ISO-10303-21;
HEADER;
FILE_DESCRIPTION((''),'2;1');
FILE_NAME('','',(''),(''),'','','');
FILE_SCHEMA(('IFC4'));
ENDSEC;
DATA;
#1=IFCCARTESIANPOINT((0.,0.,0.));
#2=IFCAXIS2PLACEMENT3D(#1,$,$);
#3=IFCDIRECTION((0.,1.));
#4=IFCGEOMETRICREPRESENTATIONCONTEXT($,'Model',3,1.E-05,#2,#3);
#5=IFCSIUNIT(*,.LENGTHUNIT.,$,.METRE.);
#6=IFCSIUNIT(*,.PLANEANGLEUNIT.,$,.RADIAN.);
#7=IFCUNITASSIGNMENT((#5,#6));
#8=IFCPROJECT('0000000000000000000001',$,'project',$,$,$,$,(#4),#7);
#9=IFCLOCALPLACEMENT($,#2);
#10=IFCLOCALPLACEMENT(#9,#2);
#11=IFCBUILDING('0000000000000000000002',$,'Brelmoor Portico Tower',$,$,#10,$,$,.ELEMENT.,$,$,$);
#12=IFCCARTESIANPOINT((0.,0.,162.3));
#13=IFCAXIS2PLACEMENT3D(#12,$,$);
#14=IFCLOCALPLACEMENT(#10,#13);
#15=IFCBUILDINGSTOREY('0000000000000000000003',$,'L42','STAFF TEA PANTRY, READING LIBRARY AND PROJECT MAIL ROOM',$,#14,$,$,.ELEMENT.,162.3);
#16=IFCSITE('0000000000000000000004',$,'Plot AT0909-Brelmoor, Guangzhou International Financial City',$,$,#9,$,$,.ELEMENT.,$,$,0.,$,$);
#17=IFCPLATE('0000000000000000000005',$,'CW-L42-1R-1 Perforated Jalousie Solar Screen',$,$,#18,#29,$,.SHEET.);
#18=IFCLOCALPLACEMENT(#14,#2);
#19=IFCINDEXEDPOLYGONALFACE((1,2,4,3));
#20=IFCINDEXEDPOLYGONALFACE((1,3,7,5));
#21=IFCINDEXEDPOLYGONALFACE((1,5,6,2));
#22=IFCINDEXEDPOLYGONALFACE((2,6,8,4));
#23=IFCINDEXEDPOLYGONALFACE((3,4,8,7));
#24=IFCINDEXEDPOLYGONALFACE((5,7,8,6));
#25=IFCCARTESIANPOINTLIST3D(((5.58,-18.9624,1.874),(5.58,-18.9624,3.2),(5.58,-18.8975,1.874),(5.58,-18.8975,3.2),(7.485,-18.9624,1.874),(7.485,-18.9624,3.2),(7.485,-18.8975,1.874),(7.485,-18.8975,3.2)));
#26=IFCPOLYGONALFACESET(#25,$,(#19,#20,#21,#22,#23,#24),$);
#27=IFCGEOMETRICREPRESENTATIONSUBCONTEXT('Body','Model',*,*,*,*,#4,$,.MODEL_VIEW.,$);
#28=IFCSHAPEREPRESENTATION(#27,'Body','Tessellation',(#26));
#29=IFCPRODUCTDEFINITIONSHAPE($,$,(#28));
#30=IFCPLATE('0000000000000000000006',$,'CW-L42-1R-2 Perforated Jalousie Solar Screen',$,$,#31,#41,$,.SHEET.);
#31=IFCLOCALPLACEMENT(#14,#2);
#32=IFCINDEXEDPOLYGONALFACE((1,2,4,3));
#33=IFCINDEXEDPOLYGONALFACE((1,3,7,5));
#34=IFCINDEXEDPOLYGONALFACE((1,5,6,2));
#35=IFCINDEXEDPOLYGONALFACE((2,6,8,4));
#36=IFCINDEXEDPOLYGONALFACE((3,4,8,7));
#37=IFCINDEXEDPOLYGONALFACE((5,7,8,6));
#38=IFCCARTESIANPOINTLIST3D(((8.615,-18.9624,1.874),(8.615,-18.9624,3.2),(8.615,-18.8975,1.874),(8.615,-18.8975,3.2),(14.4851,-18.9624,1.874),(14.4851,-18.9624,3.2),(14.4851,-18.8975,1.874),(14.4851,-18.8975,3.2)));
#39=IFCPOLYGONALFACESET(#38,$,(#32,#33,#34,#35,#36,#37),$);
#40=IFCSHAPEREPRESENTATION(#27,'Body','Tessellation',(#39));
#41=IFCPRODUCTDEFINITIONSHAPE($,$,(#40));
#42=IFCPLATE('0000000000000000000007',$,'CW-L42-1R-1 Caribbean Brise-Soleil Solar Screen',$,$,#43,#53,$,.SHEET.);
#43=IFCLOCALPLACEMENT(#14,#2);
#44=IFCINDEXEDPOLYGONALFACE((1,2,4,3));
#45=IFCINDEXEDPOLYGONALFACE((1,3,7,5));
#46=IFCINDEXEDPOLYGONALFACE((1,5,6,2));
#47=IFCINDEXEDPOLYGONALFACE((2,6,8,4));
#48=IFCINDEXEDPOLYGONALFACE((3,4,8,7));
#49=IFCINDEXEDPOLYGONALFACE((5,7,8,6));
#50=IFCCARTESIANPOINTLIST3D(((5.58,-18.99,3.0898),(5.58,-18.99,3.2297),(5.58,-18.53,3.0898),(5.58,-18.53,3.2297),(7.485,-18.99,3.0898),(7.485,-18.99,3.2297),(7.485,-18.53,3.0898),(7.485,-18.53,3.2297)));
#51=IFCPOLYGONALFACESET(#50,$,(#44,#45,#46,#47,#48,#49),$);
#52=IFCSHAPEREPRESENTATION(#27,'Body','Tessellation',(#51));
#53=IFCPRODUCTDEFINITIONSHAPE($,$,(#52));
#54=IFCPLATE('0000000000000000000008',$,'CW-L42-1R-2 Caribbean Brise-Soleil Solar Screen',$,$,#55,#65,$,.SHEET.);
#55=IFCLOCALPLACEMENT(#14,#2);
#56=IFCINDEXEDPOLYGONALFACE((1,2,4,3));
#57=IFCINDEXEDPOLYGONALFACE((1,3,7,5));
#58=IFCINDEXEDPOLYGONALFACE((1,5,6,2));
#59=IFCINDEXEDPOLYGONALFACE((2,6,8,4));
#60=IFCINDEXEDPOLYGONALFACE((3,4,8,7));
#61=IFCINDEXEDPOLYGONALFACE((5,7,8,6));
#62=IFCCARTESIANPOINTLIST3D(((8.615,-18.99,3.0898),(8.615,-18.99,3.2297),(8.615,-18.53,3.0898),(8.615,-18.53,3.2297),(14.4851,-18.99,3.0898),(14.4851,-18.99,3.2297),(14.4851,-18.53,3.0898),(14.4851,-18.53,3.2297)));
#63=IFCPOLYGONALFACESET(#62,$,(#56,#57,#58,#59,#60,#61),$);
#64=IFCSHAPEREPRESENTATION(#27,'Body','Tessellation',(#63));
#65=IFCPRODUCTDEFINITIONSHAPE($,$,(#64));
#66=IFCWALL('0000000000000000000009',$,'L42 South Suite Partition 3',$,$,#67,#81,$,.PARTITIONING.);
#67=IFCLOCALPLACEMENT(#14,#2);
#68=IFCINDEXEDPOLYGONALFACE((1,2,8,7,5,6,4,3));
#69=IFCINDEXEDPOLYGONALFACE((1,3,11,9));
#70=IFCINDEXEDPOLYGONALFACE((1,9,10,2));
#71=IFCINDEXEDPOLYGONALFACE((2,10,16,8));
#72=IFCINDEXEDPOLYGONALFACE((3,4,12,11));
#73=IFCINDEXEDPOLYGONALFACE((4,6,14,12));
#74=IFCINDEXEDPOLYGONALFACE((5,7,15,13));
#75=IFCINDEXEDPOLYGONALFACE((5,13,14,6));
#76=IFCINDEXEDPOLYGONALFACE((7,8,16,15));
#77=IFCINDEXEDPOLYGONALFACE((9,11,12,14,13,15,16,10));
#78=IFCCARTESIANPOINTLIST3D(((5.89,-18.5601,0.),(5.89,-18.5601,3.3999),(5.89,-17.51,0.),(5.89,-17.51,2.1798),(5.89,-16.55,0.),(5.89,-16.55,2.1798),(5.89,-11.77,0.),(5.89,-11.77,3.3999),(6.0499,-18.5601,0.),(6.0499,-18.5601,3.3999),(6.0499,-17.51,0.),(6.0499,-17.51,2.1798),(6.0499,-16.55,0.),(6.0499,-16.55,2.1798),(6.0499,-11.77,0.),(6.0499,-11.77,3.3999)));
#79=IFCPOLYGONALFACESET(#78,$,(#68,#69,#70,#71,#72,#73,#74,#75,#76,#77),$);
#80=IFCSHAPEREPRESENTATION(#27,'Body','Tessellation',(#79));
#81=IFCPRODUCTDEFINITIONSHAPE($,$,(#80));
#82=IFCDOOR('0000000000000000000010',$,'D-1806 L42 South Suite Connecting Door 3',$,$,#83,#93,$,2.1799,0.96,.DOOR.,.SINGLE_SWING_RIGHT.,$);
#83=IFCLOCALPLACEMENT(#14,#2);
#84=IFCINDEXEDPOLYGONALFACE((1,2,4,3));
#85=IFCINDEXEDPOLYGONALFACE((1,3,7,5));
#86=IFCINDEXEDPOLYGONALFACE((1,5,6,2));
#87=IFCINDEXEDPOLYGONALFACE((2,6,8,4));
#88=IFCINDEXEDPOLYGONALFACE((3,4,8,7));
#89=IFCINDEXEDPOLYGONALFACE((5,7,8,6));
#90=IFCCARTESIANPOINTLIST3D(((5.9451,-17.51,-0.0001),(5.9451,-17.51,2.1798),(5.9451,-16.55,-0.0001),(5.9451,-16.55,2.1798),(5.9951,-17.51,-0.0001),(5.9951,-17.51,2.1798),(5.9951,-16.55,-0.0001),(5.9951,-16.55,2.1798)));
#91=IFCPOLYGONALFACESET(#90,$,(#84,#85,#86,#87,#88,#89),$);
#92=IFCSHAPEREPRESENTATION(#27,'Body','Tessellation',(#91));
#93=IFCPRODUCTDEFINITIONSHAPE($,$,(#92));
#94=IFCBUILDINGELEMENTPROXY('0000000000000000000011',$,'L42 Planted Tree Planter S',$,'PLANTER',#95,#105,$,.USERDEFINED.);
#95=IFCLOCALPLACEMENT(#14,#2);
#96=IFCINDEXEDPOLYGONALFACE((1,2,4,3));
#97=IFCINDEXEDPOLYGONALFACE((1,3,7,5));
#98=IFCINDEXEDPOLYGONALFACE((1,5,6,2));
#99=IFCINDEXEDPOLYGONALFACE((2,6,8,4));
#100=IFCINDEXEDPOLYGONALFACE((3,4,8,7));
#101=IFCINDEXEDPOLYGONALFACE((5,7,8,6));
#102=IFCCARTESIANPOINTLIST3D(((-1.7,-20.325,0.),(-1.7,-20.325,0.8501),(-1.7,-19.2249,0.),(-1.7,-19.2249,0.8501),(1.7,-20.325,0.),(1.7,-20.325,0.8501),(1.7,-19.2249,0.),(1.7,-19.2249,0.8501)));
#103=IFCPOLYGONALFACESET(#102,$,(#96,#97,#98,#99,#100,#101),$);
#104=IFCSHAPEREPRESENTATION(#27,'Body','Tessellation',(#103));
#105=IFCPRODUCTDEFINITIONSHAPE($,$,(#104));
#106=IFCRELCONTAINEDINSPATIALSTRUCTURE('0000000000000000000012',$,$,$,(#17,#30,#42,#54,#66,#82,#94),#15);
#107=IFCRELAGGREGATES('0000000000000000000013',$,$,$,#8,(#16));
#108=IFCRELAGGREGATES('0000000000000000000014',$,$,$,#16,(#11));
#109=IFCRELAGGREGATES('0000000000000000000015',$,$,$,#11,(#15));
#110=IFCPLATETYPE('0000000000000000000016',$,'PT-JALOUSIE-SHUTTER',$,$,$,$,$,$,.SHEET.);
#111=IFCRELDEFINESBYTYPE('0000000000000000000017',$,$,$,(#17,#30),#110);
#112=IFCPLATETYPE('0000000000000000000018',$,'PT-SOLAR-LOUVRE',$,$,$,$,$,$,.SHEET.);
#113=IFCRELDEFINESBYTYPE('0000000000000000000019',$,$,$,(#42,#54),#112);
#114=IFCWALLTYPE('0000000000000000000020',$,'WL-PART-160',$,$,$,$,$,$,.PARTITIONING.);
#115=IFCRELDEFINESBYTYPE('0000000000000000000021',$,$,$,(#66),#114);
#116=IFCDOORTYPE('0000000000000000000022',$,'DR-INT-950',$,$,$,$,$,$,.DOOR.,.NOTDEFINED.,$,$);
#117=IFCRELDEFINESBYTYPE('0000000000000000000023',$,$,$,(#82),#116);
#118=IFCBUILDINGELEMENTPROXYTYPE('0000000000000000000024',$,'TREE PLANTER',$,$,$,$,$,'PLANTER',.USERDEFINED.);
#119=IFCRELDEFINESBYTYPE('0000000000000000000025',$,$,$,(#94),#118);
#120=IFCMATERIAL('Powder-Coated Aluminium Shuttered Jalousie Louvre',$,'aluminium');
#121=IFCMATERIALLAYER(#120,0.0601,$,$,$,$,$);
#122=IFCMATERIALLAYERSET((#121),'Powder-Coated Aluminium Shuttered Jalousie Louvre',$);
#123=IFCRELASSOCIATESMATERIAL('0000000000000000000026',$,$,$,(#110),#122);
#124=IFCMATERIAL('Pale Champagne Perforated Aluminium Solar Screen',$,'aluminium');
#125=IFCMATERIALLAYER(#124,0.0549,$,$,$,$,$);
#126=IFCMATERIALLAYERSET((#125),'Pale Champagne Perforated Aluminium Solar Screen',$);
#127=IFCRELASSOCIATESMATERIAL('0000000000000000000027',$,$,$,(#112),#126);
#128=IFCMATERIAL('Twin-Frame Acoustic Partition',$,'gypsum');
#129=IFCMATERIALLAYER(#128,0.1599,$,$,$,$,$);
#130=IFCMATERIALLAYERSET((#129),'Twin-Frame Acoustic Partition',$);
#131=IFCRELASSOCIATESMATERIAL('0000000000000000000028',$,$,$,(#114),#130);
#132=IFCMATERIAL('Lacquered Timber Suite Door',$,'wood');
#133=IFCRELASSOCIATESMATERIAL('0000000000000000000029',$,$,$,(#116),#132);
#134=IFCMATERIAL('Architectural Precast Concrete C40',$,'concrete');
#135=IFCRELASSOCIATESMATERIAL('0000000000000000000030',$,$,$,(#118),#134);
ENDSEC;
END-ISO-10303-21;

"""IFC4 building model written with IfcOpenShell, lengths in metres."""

from ifc_helpers import new_model, si_unit, direction, frame, frame_2d, origin, origin_2d, place, context, subcontext, project, spatial, rectangle, extrude, material, layer, layer_set, type_object, element, fill, save


model = new_model("IFC4")

# Units and contexts
model_context = context("Model", 3, precision=1e-05, world=origin(), true_north=direction((0.0, 1.0)))
body_context = subcontext(model_context, "Body", "Model", "MODEL_VIEW")
ifc_project = project(units=[si_unit("LENGTHUNIT", "METRE"), si_unit("PLANEANGLEUNIT", "RADIAN")], contexts=[model_context])

# Site, building, storey
site_placement = place(None, origin())
site = spatial("IfcSite", under=ifc_project, at=site_placement, Name="Plot AT0909-Brelmoor, Guangzhou International Financial City", CompositionType="ELEMENT", RefElevation=0.0)
building_placement = place(site_placement, origin())
building = spatial("IfcBuilding", under=site, at=building_placement, Name="Brelmoor Portico Tower", CompositionType="ELEMENT")
storey_placement = place(building_placement, frame((0.0, 0.0, 162.3)))
storey = spatial("IfcBuildingStorey", under=building, at=storey_placement, Name="L42", Description="STAFF TEA PANTRY, READING LIBRARY AND PROJECT MAIL ROOM", CompositionType="ELEMENT", Elevation=162.3)

# Plates
ifc_material_1 = material(Name="Powder-Coated Aluminium Shuttered Jalousie Louvre", Category="aluminium")
ifc_layer_1 = layer(ifc_material_1, 0.0601)
ifc_layer_set_1 = layer_set([ifc_layer_1], Name="Powder-Coated Aluminium Shuttered Jalousie Louvre")
plate_type_1 = type_object("IfcPlateType", Name="PT-JALOUSIE-SHUTTER", PredefinedType="SHEET", material=ifc_layer_set_1)
plate_1_placement = place(storey_placement, frame((6.5325, -18.9299, 1.874), z_axis=(0.0, 0.0, 1.0), x_axis=(1.0, 0.0, 0.0)))
element("IfcPlate", 1, at=plate_1_placement, inside=storey, type_object=plate_type_1, Name="CW-L42-1R-1 Perforated Jalousie Solar Screen", PredefinedType="SHEET", context=body_context, shape_type="SweptSolid", body=[
    extrude(rectangle(XDim=1.905, YDim=0.0649, at=origin_2d()), origin(), (0.0, 0.0, 1.0), 1.3259),
])
plate_2_placement = place(storey_placement, frame((11.55, -18.9299, 1.874), z_axis=(0.0, 0.0, 1.0), x_axis=(1.0, 0.0, 0.0)))
element("IfcPlate", 2, at=plate_2_placement, inside=storey, type_object=plate_type_1, Name="CW-L42-1R-2 Perforated Jalousie Solar Screen", PredefinedType="SHEET", context=body_context, shape_type="SweptSolid", body=[
    extrude(rectangle(XDim=5.8701, YDim=0.0649, at=origin_2d()), origin(), (0.0, 0.0, 1.0), 1.3259),
])
ifc_material_2 = material(Name="Pale Champagne Perforated Aluminium Solar Screen", Category="aluminium")
ifc_layer_2 = layer(ifc_material_2, 0.0549)
ifc_layer_set_2 = layer_set([ifc_layer_2], Name="Pale Champagne Perforated Aluminium Solar Screen")
plate_type_2 = type_object("IfcPlateType", Name="PT-SOLAR-LOUVRE", PredefinedType="SHEET", material=ifc_layer_set_2)
plate_3_placement = place(storey_placement, frame((6.5325, -18.76, 3.0898), z_axis=(0.0, 0.0, 1.0), x_axis=(1.0, 0.0, 0.0)))
element("IfcPlate", 3, at=plate_3_placement, inside=storey, type_object=plate_type_2, Name="CW-L42-1R-1 Caribbean Brise-Soleil Solar Screen", PredefinedType="SHEET", context=body_context, shape_type="SweptSolid", body=[
    extrude(rectangle(XDim=1.905, YDim=0.46, at=origin_2d()), origin(), (0.0, 0.0, 1.0), 0.1399),
])
plate_4_placement = place(storey_placement, frame((11.55, -18.76, 3.0898), z_axis=(0.0, 0.0, 1.0), x_axis=(1.0, 0.0, 0.0)))
element("IfcPlate", 4, at=plate_4_placement, inside=storey, type_object=plate_type_2, Name="CW-L42-1R-2 Caribbean Brise-Soleil Solar Screen", PredefinedType="SHEET", context=body_context, shape_type="SweptSolid", body=[
    extrude(rectangle(XDim=5.8701, YDim=0.46, at=origin_2d()), origin(), (0.0, 0.0, 1.0), 0.1399),
])

# Wall, opening, door
ifc_material_3 = material(Name="Twin-Frame Acoustic Partition", Category="gypsum")
ifc_layer_3 = layer(ifc_material_3, 0.1599)
ifc_layer_set_3 = layer_set([ifc_layer_3], Name="Twin-Frame Acoustic Partition")
wall_type = type_object("IfcWallType", Name="WL-PART-160", PredefinedType="PARTITIONING", material=ifc_layer_set_3)
wall_placement = place(storey_placement, frame((5.97, -18.5601, 0.0), z_axis=(0.0, 0.0, 1.0), x_axis=(0.0, 1.0, 0.0)))
wall = element("IfcWall", 5, at=wall_placement, inside=storey, type_object=wall_type, Name="L42 South Suite Partition 3", PredefinedType="PARTITIONING", context=body_context, shape_type="SweptSolid", body=[
    extrude(rectangle(XDim=6.79, YDim=0.1599, at=frame_2d((3.395, 0.0))), origin(), (0.0, 0.0, 1.0), 3.3999),
])
opening_placement = place(wall_placement, frame((1.05, 0.0, 0.0)))
opening = element("IfcOpeningElement", 6, at=opening_placement, cuts=wall, PredefinedType="OPENING", context=body_context, shape_type="SweptSolid", body=[
    extrude(rectangle(XDim=0.96, YDim=2.1799, at=frame_2d((0.48, 1.0898))), frame((0.0, 0.0898, 0.0), z_axis=(0.0, -1.0, 0.0), x_axis=(1.0, 0.0, 0.0)), (0.0, 0.0, 1.0), 0.1799),
])
ifc_material_4 = material(Name="Lacquered Timber Suite Door", Category="wood")
door_type = type_object("IfcDoorType", Name="DR-INT-950", OperationType="NOTDEFINED", PredefinedType="DOOR", material=ifc_material_4)
door_placement = place(opening_placement, origin())
door = element("IfcDoor", 7, at=door_placement, inside=storey, type_object=door_type, Name="D-1806 L42 South Suite Connecting Door 3", OperationType="SINGLE_SWING_RIGHT", OverallHeight=2.1799, OverallWidth=0.96, PredefinedType="DOOR", context=body_context, shape_type="SweptSolid", body=[
    extrude(rectangle(XDim=0.96, YDim=2.1799, at=frame_2d((0.48, 1.0898))), frame((0.0, 0.0249, 0.0), z_axis=(0.0, -1.0, 0.0), x_axis=(1.0, 0.0, 0.0)), (0.0, 0.0, 1.0), 0.05),
])
fill(opening, door)

# Building element proxy
ifc_material_5 = material(Name="Architectural Precast Concrete C40", Category="concrete")
building_element_proxy_type = type_object("IfcBuildingElementProxyType", Name="TREE PLANTER", ElementType="PLANTER", PredefinedType="USERDEFINED", material=ifc_material_5)
proxy_placement = place(storey_placement, frame((0.0, -19.7749, 0.0), z_axis=(0.0, 0.0, 1.0), x_axis=(1.0, 0.0, 0.0)))
element("IfcBuildingElementProxy", 8, at=proxy_placement, inside=storey, type_object=building_element_proxy_type, Name="L42 Planted Tree Planter S", ObjectType="PLANTER", PredefinedType="USERDEFINED", context=body_context, shape_type="SweptSolid", body=[
    extrude(rectangle(XDim=3.3999, YDim=1.1001, at=origin_2d()), origin(), (0.0, 0.0, 1.0), 0.8501),
])

save(model, "model.ifc")
